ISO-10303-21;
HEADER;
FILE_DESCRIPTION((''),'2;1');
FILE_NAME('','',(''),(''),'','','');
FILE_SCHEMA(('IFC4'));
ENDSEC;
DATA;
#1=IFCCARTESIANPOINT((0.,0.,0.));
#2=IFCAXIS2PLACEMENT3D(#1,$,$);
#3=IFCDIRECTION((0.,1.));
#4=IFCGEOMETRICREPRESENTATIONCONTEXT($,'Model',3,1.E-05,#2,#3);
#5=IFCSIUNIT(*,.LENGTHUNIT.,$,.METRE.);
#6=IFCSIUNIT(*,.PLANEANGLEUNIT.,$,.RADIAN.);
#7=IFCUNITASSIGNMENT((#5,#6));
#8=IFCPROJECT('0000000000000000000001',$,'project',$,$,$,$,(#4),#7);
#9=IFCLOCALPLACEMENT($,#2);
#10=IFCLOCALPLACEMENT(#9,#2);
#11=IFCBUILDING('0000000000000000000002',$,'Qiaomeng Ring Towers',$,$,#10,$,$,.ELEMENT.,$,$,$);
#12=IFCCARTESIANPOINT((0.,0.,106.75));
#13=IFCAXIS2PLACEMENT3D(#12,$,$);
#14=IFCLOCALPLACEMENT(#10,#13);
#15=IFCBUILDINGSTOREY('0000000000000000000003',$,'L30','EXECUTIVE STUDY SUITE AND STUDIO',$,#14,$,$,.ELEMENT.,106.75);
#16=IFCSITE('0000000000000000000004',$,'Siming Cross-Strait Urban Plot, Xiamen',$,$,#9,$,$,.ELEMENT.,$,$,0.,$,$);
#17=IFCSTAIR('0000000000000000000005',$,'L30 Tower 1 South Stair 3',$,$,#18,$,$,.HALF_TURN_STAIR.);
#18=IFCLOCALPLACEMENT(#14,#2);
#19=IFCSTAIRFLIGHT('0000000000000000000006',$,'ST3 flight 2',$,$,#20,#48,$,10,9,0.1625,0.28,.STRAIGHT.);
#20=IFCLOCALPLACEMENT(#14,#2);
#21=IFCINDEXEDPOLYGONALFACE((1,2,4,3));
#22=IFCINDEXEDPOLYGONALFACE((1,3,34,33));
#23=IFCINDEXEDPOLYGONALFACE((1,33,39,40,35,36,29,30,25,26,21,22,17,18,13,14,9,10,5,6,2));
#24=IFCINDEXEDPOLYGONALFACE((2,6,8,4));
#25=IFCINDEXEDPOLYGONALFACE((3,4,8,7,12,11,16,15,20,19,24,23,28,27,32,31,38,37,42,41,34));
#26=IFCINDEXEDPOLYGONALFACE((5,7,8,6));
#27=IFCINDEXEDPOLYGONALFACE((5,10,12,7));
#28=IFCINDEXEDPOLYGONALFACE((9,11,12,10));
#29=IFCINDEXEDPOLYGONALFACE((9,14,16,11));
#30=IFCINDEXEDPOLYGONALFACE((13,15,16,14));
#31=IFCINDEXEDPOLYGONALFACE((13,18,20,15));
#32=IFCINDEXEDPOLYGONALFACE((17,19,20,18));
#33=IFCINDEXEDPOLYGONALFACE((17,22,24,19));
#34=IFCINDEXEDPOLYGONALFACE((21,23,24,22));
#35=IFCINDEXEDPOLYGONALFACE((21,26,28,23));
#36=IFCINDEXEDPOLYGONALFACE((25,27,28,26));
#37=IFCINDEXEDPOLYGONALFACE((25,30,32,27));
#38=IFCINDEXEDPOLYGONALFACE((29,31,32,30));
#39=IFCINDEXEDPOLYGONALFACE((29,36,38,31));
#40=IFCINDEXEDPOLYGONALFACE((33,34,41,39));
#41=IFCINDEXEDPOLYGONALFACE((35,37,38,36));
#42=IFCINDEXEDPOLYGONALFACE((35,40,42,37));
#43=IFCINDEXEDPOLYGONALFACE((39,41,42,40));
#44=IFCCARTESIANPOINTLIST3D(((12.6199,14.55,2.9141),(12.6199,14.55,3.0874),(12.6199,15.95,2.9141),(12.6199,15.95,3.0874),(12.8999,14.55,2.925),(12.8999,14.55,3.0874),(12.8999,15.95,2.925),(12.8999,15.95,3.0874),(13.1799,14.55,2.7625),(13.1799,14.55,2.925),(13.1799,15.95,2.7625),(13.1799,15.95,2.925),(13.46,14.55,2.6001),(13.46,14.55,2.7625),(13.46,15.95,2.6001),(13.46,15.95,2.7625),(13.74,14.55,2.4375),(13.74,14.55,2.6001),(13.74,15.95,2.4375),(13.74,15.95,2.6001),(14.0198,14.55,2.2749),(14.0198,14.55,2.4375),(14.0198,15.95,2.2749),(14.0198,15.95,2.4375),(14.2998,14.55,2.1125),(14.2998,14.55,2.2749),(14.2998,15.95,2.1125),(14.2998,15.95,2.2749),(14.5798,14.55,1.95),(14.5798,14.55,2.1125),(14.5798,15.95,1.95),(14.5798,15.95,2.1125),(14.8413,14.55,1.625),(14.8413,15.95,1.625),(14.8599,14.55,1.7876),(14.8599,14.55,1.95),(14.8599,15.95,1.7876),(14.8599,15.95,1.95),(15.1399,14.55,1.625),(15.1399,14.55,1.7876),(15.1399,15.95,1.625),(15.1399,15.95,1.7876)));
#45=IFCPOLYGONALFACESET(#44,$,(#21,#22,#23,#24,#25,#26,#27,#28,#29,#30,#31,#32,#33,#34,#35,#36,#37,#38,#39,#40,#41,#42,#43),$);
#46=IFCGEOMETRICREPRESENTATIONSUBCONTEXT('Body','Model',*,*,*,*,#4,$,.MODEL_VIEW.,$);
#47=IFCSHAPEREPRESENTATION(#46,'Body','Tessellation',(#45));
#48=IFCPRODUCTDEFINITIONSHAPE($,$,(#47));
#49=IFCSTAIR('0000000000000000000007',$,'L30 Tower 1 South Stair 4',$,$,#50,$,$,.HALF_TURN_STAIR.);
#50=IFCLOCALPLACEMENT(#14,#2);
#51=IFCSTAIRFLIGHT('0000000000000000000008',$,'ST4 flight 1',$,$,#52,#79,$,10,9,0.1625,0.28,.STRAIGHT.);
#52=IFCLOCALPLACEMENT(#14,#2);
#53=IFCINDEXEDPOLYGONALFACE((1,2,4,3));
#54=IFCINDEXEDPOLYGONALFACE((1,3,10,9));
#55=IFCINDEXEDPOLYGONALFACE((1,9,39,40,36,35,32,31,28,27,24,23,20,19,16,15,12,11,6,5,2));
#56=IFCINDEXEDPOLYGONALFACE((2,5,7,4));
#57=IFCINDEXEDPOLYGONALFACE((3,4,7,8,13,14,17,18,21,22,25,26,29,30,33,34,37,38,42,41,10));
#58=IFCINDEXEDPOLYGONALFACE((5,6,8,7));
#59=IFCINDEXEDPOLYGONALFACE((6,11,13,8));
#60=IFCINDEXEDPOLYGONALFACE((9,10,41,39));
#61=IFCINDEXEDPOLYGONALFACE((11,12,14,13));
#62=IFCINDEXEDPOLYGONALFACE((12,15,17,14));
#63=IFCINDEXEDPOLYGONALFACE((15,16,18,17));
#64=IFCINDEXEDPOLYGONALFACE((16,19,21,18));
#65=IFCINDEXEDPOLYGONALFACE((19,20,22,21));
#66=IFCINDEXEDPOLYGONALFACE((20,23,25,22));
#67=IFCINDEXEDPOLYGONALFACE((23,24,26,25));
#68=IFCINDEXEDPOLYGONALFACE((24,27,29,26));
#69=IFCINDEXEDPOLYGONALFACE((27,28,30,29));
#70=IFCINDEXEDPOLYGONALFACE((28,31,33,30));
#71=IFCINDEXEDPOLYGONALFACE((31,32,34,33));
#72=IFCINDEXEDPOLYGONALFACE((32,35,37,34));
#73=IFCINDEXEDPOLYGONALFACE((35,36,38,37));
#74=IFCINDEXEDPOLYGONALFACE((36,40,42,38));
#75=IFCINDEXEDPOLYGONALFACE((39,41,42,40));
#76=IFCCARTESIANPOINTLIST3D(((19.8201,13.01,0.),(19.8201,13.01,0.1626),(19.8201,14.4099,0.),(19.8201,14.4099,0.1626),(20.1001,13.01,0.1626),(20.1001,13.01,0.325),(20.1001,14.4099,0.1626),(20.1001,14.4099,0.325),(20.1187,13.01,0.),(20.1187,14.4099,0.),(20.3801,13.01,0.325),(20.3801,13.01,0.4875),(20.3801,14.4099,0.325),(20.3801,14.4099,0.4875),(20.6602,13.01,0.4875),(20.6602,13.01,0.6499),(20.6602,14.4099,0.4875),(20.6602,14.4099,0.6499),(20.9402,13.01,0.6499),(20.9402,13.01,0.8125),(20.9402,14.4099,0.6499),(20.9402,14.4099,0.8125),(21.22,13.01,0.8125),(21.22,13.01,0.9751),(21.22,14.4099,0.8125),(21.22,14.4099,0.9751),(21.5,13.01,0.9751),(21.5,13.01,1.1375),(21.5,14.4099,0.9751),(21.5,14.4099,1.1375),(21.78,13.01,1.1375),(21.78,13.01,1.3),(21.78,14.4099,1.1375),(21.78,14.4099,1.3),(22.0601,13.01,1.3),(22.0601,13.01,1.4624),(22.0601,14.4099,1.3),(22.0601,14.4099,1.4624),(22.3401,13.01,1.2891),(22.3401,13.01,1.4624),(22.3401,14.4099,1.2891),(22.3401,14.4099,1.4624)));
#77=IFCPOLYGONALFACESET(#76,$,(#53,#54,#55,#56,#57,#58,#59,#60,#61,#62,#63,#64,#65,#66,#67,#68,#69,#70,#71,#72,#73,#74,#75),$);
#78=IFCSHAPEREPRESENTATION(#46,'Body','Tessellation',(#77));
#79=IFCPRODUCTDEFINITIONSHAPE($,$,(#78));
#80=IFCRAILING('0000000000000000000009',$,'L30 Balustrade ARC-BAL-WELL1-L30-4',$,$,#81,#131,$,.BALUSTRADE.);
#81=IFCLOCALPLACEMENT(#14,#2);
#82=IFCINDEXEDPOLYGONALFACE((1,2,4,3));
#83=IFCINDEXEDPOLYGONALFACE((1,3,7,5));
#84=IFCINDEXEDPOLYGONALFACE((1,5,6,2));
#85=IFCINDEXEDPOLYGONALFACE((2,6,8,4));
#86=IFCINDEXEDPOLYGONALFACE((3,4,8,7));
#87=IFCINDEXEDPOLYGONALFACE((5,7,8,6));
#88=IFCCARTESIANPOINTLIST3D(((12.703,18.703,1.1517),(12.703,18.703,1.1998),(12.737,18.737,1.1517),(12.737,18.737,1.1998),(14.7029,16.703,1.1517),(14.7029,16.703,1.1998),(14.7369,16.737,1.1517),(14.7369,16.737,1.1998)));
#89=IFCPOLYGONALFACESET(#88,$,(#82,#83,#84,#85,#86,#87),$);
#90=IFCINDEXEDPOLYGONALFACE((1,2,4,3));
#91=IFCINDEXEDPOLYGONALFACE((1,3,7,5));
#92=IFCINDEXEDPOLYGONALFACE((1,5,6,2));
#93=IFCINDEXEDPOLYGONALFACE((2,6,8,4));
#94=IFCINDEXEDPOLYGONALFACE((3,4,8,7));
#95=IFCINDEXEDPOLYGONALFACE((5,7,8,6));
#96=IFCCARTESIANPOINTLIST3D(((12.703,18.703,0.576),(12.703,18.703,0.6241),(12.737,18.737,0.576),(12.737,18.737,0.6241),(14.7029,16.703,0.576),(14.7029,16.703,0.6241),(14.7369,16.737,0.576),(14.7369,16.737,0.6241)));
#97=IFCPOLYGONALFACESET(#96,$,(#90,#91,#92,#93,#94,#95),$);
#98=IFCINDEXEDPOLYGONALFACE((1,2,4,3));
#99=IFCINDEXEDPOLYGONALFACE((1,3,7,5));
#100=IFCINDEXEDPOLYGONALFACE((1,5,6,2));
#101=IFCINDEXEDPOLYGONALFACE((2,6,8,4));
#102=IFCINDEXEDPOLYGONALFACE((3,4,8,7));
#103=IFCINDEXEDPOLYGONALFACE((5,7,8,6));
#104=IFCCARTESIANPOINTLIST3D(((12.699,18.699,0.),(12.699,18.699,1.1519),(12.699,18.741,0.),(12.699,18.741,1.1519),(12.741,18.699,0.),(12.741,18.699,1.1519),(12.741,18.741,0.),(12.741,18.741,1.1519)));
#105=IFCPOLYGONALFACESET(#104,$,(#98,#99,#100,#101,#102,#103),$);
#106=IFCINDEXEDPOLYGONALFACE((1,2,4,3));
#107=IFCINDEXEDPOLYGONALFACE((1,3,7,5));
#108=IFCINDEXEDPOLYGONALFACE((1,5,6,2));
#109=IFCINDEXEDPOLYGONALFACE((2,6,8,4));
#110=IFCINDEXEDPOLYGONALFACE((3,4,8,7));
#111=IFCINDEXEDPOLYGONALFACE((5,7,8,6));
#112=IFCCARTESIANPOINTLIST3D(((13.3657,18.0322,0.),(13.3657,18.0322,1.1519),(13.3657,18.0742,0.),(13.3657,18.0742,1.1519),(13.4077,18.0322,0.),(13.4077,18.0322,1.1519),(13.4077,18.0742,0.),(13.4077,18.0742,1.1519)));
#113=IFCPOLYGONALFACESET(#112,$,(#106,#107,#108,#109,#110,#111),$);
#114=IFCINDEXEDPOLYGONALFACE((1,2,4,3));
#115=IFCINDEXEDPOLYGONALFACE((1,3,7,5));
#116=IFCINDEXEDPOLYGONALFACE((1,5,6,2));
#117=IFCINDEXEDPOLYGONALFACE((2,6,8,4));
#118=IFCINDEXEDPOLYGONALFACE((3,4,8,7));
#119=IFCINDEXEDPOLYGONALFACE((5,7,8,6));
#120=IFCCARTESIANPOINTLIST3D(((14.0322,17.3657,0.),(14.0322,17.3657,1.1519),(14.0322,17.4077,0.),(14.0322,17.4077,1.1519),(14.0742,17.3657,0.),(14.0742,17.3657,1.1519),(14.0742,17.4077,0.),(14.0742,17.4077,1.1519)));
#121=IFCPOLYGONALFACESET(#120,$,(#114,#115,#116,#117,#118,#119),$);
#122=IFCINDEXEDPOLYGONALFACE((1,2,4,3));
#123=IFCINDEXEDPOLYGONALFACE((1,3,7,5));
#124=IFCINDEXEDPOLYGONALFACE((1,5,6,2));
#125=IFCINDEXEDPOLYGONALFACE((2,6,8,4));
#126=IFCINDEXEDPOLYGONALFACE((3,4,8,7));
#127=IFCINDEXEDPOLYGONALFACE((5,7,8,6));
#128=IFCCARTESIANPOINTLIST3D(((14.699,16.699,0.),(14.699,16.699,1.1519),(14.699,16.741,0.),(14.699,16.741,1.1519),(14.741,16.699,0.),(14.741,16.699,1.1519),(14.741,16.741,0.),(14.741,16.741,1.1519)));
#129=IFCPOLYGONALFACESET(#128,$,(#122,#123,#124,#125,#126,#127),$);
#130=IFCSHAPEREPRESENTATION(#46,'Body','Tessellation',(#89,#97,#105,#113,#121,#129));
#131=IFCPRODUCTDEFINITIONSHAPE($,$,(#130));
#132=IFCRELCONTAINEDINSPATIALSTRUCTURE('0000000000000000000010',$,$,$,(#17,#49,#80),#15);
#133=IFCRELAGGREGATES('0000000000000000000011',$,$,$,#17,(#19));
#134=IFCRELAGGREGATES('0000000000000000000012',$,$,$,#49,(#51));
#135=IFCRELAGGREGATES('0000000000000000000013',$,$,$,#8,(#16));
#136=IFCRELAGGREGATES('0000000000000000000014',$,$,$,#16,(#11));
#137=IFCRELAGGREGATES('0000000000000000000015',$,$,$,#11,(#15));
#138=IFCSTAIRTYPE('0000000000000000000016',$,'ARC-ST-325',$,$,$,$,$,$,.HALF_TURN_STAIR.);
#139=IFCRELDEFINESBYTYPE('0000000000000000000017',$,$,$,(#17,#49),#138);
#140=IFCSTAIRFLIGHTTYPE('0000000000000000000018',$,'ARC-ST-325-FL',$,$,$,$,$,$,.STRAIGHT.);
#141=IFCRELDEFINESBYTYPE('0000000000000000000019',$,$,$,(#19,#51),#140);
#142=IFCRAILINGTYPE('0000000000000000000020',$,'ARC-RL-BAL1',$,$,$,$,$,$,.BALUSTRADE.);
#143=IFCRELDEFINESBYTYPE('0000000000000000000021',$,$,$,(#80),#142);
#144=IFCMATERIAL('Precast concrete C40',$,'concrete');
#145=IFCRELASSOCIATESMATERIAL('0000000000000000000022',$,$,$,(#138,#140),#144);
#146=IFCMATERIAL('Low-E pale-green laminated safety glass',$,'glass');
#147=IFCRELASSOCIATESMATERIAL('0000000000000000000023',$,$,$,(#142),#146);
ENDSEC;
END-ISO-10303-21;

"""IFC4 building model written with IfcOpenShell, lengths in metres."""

from ifc_helpers import new_model, si_unit, direction, frame, origin, origin_2d, place, context, subcontext, project, spatial, polyline, rectangle, outline, extrude, source, transform, mapped, material, type_object, element, aggregate, save


model = new_model("IFC4")

# Units and contexts
model_context = context("Model", 3, precision=1e-05, world=origin(), true_north=direction((0.0, 1.0)))
body_context = subcontext(model_context, "Body", "Model", "MODEL_VIEW")
ifc_project = project(units=[si_unit("LENGTHUNIT", "METRE"), si_unit("PLANEANGLEUNIT", "RADIAN")], contexts=[model_context])

# Site, building, storey
site_placement = place(None, origin())
site = spatial("IfcSite", under=ifc_project, at=site_placement, Name="Siming Cross-Strait Urban Plot, Xiamen", CompositionType="ELEMENT", RefElevation=0.0)
building_placement = place(site_placement, origin())
building = spatial("IfcBuilding", under=site, at=building_placement, Name="Qiaomeng Ring Towers", CompositionType="ELEMENT")
storey_placement = place(building_placement, frame((0.0, 0.0, 106.75)))
storey = spatial("IfcBuildingStorey", under=building, at=storey_placement, Name="L30", Description="EXECUTIVE STUDY SUITE AND STUDIO", CompositionType="ELEMENT", Elevation=106.75)

# Stairs, stair flights
ifc_material_1 = material(Name="Precast concrete C40", Category="concrete")
stair_type = type_object("IfcStairType", Name="ARC-ST-325", PredefinedType="HALF_TURN_STAIR", material=ifc_material_1)
stair_1_placement = place(storey_placement, origin())
stair_1 = element("IfcStair", 1, at=stair_1_placement, inside=storey, type_object=stair_type, Name="L30 Tower 1 South Stair 3", PredefinedType="HALF_TURN_STAIR")
stair_flight_type = type_object("IfcStairFlightType", Name="ARC-ST-325-FL", PredefinedType="STRAIGHT", material=ifc_material_1)
shared_shape_1 = source(origin(), body_context, "Body", "SweptSolid", [
    extrude(outline(polyline([(0.0, 0.0), (0.0, 0.1626), (0.28, 0.1626), (0.28, 0.325), (0.5601, 0.325), (0.5601, 0.4875), (0.8401, 0.4875), (0.8401, 0.6499), (1.1201, 0.6499), (1.1201, 0.8125), (1.3999, 0.8125), (1.3999, 0.9751), (1.6799, 0.9751), (1.6799, 1.1375), (1.96, 1.1375), (1.96, 1.3), (2.24, 1.3), (2.24, 1.4624), (2.52, 1.4624), (2.52, 1.625), (2.52, 1.2891), (0.2986, 0.0), (0.0, 0.0)])), frame((0.0, 0.7, 0.0), z_axis=(0.0, -1.0, 0.0), x_axis=(1.0, 0.0, 0.0)), (0.0, 0.0, 1.0), 1.3999),
])
stair_flight_1_placement = place(storey_placement, frame((15.1399, 15.25, 1.625), z_axis=(0.0, 0.0, 1.0), x_axis=(-1.0, 0.0, 0.0)))
stair_flight_1 = element("IfcStairFlight", 2, at=stair_flight_1_placement, type_object=stair_flight_type, Name="ST3 flight 2", NumberOfRisers=10, NumberOfTreads=9, PredefinedType="STRAIGHT", RiserHeight=0.1625, TreadLength=0.28, context=body_context, shape_type="MappedRepresentation", body=[
    mapped(shared_shape_1, transform((0.0, 0.0, 0.0), x_axis=(1.0, 0.0, 0.0), y_axis=(0.0, 1.0, 0.0), z_axis=(0.0, 0.0, 1.0), scale=1.0)),
])
aggregate(stair_1, [stair_flight_1])
stair_2_placement = place(storey_placement, origin())
stair_2 = element("IfcStair", 3, at=stair_2_placement, inside=storey, type_object=stair_type, Name="L30 Tower 1 South Stair 4", PredefinedType="HALF_TURN_STAIR")
stair_flight_2_placement = place(storey_placement, frame((19.8201, 13.71, 0.0), z_axis=(0.0, 0.0, 1.0), x_axis=(1.0, 0.0, 0.0)))
stair_flight_2 = element("IfcStairFlight", 4, at=stair_flight_2_placement, type_object=stair_flight_type, Name="ST4 flight 1", NumberOfRisers=10, NumberOfTreads=9, PredefinedType="STRAIGHT", RiserHeight=0.1625, TreadLength=0.28, context=body_context, shape_type="MappedRepresentation", body=[
    mapped(shared_shape_1, transform((0.0, 0.0, 0.0), x_axis=(1.0, 0.0, 0.0), y_axis=(0.0, 1.0, 0.0), z_axis=(0.0, 0.0, 1.0), scale=1.0)),
])
aggregate(stair_2, [stair_flight_2])

# Railing
ifc_material_2 = material(Name="Low-E pale-green laminated safety glass", Category="glass")
railing_type_1 = type_object("IfcRailingType", Name="ARC-RL-BAL1", PredefinedType="BALUSTRADE", material=ifc_material_2)
railing_1_placement = place(storey_placement, frame((12.72, 18.72, 0.0)))
element("IfcRailing", 5, at=railing_1_placement, inside=storey, type_object=railing_type_1, Name="L30 Balustrade ARC-BAL-WELL1-L30-4", PredefinedType="BALUSTRADE", context=body_context, shape_type="SweptSolid", body=[
    extrude(rectangle(XDim=0.0481, YDim=0.0481, at=origin_2d()), frame((0.0, 0.0, 1.1758), z_axis=(0.707107, -0.707107, 0.0), x_axis=(0.707107, 0.707107, 0.0)), (0.0, 0.0, 1.0), 2.8284),
    extrude(rectangle(XDim=0.0481, YDim=0.0481, at=origin_2d()), frame((0.0, 0.0, 0.6001), z_axis=(0.707107, -0.707107, 0.0), x_axis=(0.707107, 0.707107, 0.0)), (0.0, 0.0, 1.0), 2.8284),
    extrude(rectangle(XDim=0.042, YDim=0.042, at=origin_2d()), origin(), (0.0, 0.0, 1.0), 1.1519),
    extrude(rectangle(XDim=0.042, YDim=0.042, at=origin_2d()), frame((0.6667, -0.6667, 0.0)), (0.0, 0.0, 1.0), 1.1519),
    extrude(rectangle(XDim=0.042, YDim=0.042, at=origin_2d()), frame((1.3333, -1.3333, 0.0)), (0.0, 0.0, 1.0), 1.1519),
    extrude(rectangle(XDim=0.042, YDim=0.042, at=origin_2d()), frame((2.0, -2.0, 0.0)), (0.0, 0.0, 1.0), 1.1519),
])

save(model, "model.ifc")
